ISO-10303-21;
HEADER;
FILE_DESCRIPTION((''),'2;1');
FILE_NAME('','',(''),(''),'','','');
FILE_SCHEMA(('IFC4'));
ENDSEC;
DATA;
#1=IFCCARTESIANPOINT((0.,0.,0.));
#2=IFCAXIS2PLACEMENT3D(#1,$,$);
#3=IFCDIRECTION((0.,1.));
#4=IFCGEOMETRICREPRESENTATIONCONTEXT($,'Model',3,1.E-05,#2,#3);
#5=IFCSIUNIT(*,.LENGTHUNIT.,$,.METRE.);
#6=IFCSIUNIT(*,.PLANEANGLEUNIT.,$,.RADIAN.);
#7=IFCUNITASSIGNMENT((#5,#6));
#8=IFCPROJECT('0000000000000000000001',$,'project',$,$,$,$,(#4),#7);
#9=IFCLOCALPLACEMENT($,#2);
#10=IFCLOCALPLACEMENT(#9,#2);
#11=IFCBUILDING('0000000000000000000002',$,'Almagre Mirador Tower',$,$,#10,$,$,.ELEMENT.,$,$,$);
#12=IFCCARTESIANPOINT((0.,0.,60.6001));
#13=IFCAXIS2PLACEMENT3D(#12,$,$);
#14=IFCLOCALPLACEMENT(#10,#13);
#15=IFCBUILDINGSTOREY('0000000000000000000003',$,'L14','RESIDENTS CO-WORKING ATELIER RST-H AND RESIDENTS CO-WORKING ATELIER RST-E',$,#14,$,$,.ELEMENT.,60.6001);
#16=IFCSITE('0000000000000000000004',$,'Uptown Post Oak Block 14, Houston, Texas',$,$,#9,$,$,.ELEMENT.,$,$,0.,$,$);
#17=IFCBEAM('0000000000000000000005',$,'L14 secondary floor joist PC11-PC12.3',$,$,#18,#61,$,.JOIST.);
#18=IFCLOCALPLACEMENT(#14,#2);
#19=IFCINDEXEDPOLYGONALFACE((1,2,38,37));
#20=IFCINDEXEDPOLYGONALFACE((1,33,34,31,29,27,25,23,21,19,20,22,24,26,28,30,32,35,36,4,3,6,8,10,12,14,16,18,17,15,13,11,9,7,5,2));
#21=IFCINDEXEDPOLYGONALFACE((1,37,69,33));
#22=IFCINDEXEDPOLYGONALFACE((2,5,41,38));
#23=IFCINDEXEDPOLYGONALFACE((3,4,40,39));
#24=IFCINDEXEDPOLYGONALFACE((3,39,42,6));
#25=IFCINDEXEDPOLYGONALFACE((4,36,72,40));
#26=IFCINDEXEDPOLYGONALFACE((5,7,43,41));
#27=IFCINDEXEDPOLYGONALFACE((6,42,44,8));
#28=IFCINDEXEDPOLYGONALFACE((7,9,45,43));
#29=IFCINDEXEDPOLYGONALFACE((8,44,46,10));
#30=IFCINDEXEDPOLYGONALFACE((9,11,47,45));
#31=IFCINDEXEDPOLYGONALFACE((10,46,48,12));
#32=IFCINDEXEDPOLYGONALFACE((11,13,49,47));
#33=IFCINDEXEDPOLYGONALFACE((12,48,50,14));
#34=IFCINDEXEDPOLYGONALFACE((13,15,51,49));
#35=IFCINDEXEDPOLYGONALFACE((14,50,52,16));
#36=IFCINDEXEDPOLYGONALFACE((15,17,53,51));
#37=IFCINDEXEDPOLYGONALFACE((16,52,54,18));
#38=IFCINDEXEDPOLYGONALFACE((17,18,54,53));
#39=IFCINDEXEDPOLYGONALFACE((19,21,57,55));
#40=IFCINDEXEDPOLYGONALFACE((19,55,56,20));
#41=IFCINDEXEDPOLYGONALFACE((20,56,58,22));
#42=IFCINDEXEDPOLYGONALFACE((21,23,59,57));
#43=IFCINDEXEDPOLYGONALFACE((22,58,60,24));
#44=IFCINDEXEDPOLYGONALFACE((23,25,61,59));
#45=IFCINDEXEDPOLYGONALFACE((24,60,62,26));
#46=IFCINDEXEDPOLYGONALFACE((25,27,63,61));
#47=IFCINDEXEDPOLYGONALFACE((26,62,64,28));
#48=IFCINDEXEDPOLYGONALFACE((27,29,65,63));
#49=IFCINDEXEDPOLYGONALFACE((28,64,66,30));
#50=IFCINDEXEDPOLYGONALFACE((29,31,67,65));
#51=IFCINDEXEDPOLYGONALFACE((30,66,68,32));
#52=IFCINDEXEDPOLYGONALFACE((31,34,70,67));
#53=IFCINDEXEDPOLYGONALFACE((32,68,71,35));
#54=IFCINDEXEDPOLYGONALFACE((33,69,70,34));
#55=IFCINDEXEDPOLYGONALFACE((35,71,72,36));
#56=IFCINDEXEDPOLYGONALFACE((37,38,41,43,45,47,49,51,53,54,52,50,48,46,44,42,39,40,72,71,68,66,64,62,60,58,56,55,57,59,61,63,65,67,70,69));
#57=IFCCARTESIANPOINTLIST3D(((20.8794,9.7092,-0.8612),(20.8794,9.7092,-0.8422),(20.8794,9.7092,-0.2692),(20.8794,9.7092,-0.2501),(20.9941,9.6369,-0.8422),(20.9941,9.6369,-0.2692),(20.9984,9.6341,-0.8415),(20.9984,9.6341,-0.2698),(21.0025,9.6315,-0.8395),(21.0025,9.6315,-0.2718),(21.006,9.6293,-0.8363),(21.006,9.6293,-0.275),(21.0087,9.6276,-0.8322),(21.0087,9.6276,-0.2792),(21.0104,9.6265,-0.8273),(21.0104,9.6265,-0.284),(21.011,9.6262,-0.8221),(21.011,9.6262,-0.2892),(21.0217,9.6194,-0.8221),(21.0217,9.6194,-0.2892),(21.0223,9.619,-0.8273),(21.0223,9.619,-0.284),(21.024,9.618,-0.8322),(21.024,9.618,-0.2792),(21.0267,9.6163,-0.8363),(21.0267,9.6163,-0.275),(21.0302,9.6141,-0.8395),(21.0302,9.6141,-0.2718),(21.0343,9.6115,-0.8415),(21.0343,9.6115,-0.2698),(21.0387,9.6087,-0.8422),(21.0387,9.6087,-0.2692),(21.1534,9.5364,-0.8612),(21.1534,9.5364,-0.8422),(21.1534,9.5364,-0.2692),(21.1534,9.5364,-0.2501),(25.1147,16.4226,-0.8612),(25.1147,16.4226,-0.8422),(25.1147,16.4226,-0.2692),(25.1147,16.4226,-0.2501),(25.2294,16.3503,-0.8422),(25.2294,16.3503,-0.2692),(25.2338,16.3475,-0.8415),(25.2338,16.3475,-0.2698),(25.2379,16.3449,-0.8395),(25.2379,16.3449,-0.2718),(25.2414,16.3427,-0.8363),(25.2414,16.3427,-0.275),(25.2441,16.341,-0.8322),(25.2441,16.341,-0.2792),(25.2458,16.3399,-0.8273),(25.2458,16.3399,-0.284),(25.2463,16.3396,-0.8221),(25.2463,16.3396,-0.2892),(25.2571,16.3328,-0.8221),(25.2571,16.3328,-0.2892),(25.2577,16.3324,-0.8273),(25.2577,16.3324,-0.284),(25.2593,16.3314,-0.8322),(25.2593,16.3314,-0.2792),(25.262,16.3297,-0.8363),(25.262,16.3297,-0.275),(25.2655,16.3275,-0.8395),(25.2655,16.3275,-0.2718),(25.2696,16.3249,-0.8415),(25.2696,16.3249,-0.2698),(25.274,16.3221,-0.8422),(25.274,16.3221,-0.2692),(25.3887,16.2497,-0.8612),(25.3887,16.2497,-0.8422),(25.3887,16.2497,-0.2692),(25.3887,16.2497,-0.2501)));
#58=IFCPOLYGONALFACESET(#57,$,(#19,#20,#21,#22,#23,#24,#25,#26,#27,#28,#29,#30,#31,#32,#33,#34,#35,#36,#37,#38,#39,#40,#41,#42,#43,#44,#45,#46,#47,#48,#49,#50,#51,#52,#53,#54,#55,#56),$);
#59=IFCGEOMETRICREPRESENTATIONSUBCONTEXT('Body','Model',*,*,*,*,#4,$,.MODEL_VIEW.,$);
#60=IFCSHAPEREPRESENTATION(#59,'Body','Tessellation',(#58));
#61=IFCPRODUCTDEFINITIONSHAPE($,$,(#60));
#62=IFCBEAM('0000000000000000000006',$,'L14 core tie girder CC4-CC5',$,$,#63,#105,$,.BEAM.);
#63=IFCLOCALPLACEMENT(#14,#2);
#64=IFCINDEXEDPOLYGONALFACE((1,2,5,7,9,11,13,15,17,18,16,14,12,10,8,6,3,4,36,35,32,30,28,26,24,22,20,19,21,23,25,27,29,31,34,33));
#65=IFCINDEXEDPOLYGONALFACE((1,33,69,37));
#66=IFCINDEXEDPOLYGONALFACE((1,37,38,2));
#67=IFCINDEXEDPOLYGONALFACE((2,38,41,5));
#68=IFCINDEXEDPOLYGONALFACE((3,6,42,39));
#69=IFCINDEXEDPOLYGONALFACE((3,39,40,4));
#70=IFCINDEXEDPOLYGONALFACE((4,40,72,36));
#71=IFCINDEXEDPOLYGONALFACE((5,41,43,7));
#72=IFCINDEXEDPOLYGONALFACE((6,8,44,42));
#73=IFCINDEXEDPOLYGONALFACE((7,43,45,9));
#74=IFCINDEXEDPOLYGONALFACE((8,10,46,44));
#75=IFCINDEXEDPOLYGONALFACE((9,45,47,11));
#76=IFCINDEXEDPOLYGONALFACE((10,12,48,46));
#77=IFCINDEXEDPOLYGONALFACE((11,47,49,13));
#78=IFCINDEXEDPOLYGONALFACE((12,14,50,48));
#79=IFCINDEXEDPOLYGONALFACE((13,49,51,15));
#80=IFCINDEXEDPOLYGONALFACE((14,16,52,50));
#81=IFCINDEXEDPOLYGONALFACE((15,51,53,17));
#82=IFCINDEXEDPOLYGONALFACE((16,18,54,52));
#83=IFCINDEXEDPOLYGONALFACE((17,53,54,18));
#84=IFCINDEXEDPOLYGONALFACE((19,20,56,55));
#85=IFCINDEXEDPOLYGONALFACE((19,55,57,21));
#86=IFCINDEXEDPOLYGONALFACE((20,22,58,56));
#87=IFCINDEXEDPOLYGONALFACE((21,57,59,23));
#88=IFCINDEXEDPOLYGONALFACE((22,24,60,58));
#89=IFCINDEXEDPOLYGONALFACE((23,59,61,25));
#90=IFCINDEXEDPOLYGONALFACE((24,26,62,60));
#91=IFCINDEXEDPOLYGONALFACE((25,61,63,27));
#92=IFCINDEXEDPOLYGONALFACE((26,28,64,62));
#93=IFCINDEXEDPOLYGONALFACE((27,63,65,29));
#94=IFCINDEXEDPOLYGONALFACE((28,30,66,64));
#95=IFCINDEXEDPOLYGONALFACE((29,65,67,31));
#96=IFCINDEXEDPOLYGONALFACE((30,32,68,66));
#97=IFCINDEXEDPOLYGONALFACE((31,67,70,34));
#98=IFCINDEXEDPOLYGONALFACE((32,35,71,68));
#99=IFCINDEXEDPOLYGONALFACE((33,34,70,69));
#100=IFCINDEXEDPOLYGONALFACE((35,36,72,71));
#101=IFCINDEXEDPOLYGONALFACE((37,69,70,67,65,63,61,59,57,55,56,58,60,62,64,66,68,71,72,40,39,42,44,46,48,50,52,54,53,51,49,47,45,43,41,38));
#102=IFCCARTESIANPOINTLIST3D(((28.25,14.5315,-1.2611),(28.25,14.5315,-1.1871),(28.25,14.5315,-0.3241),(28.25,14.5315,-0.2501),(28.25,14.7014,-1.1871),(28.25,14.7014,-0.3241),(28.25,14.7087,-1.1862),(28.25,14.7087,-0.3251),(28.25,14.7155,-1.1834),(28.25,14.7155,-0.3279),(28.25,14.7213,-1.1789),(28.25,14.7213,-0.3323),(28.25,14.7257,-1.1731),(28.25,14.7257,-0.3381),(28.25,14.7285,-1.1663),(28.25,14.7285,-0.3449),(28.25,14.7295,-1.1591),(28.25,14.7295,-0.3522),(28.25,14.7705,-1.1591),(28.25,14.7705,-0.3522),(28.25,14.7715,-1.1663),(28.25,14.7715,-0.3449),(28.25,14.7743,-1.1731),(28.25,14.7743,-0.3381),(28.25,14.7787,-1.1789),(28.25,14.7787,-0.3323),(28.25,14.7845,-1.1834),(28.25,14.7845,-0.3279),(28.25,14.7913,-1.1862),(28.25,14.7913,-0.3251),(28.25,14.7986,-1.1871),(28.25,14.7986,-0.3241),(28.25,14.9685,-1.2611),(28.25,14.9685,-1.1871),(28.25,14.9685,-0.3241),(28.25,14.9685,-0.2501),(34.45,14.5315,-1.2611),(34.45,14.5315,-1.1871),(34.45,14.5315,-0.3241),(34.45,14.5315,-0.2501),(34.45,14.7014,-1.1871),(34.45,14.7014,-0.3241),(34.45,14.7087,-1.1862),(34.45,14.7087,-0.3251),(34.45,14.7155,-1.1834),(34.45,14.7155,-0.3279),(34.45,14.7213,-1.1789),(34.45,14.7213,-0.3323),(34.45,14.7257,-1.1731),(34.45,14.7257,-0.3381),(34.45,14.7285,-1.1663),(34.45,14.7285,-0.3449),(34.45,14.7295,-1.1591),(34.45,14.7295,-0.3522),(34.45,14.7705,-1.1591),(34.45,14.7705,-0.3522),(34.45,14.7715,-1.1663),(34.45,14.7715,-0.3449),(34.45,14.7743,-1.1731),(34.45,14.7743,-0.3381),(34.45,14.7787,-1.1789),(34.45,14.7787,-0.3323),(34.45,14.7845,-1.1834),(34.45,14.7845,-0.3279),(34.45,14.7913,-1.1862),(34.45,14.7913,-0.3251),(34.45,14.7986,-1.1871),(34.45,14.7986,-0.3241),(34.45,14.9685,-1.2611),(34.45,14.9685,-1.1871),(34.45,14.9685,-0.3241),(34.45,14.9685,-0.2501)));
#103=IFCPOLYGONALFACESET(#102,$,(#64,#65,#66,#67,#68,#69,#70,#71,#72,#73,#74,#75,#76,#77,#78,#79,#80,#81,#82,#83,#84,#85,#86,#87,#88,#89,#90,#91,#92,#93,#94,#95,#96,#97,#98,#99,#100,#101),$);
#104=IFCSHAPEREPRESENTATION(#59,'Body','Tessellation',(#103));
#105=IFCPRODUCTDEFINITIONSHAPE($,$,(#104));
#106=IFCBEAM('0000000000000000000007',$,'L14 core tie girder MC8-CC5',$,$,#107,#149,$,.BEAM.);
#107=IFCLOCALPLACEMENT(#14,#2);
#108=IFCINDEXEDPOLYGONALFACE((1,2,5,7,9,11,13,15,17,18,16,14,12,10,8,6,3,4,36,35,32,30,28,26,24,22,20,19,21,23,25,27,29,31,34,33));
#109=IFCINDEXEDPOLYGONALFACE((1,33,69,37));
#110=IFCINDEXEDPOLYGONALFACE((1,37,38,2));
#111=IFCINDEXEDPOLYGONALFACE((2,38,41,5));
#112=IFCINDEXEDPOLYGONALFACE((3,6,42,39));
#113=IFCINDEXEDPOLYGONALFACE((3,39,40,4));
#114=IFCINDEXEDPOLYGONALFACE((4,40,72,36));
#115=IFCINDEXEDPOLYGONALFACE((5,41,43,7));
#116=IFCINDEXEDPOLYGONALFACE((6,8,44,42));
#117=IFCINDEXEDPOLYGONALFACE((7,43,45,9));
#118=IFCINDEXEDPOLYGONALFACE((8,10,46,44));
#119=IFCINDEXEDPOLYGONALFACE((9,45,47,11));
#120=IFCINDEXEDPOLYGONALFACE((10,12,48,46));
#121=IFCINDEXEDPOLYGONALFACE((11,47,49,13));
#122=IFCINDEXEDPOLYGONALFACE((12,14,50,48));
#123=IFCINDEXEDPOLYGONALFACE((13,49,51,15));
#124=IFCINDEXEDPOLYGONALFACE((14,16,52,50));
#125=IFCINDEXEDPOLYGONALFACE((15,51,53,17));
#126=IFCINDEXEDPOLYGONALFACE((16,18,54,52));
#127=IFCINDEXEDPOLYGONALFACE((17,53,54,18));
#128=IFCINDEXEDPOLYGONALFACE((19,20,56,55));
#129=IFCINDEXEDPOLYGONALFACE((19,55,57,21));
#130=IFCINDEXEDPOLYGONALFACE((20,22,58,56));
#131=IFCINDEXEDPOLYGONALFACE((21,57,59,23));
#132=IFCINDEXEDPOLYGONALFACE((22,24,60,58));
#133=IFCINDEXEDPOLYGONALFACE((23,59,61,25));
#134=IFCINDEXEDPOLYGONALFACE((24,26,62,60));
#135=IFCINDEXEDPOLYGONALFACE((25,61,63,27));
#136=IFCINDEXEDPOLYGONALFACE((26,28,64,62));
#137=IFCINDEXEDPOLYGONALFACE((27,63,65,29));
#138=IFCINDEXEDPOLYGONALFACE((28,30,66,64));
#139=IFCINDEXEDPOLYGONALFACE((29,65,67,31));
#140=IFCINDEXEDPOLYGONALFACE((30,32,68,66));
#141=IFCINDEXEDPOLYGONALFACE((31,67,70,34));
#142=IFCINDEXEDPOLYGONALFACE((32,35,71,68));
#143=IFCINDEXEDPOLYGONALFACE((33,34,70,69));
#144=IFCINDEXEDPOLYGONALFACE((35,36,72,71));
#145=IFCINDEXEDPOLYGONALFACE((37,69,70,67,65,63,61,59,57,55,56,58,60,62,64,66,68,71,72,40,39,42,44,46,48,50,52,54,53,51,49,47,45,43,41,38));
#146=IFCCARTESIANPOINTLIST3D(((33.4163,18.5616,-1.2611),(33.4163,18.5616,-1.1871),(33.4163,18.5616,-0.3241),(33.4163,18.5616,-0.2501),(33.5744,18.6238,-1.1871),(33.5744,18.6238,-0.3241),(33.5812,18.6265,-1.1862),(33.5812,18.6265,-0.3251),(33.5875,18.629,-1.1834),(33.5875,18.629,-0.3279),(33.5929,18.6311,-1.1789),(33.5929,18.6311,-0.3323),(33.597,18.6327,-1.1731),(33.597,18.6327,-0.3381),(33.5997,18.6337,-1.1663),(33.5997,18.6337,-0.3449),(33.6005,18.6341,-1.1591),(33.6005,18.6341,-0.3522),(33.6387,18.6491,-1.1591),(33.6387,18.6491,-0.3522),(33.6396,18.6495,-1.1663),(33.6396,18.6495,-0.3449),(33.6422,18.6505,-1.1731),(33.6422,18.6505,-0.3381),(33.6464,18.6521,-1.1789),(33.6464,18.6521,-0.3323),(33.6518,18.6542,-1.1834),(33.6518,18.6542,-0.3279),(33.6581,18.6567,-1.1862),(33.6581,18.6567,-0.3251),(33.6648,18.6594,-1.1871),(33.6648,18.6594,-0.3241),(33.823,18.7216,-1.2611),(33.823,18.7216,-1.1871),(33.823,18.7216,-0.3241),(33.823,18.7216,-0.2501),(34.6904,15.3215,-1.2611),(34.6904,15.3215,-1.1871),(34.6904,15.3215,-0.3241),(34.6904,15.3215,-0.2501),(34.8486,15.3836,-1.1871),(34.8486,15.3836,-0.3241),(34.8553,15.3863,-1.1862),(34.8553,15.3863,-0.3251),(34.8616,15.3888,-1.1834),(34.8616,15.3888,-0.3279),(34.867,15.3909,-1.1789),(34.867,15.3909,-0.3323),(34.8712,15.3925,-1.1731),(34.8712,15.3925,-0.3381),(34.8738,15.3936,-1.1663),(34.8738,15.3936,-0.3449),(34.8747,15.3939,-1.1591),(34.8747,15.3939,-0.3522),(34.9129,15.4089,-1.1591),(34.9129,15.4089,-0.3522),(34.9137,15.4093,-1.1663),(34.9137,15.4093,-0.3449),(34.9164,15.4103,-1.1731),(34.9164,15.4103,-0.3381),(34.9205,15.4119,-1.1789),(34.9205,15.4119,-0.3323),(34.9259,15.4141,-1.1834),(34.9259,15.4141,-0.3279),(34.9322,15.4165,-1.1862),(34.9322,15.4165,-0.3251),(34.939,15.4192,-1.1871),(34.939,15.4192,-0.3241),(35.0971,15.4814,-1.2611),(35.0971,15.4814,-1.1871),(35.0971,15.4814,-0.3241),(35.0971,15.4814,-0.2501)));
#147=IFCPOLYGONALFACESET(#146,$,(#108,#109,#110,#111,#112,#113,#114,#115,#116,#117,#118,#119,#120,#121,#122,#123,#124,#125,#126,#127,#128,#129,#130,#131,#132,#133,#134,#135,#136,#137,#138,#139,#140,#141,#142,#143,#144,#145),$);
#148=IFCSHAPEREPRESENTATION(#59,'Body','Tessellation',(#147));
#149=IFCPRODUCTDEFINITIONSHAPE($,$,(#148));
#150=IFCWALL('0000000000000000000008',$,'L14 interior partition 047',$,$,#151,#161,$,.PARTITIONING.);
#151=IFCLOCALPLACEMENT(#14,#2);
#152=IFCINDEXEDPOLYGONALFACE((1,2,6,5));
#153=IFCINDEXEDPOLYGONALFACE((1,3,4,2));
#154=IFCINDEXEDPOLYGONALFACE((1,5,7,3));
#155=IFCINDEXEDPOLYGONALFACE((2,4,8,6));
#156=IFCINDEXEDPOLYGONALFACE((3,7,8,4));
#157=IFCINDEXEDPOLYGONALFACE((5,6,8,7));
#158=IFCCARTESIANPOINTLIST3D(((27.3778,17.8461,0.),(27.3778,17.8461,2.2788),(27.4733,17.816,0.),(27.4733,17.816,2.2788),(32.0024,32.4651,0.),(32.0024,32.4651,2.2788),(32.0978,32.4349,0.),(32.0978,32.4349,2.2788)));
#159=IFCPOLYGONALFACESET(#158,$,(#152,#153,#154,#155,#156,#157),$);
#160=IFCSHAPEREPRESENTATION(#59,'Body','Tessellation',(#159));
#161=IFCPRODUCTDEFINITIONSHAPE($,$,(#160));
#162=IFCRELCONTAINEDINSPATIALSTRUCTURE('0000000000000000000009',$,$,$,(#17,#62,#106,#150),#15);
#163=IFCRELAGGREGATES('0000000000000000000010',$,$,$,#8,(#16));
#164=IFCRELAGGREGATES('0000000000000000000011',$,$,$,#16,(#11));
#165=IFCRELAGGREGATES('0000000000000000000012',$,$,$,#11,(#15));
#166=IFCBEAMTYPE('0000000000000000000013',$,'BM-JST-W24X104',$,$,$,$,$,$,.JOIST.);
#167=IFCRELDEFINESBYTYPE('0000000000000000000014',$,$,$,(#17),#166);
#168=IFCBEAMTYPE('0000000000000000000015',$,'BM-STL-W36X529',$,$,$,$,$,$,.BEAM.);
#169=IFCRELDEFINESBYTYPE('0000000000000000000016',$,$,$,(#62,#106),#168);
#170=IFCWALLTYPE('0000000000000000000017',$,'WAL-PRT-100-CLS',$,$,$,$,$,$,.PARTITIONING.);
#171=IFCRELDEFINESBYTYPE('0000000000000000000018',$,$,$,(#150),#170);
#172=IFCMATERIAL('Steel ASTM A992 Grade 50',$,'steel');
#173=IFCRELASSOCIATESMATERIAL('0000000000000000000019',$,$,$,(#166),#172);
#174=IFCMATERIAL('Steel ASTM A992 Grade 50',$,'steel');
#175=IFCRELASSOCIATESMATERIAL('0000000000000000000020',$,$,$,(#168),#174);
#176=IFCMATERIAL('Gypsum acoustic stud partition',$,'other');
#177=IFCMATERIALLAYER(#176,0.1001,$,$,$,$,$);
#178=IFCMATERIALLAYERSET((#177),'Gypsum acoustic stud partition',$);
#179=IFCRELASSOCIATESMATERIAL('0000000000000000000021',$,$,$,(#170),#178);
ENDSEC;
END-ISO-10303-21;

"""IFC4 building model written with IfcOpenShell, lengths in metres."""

from ifc_helpers import new_model, si_unit, direction, frame, frame_2d, origin, origin_2d, place, context, subcontext, project, spatial, rectangle, i_section, extrude, material, layer, layer_set, material_profile, profile_set, type_object, element, save


model = new_model("IFC4")

# Units and contexts
model_context = context("Model", 3, precision=1e-05, world=origin(), true_north=direction((0.0, 1.0)))
body_context = subcontext(model_context, "Body", "Model", "MODEL_VIEW")
ifc_project = project(units=[si_unit("LENGTHUNIT", "METRE"), si_unit("PLANEANGLEUNIT", "RADIAN")], contexts=[model_context])

# Site, building, storey
site_placement = place(None, origin())
site = spatial("IfcSite", under=ifc_project, at=site_placement, Name="Uptown Post Oak Block 14, Houston, Texas", CompositionType="ELEMENT", RefElevation=0.0)
building_placement = place(site_placement, origin())
building = spatial("IfcBuilding", under=site, at=building_placement, Name="Almagre Mirador Tower", CompositionType="ELEMENT")
storey_placement = place(building_placement, frame((0.0, 0.0, 60.6001)))
storey = spatial("IfcBuildingStorey", under=building, at=storey_placement, Name="L14", Description="RESIDENTS CO-WORKING ATELIER RST-H AND RESIDENTS CO-WORKING ATELIER RST-E", CompositionType="ELEMENT", Elevation=60.6001)

# Beams
ifc_material_1 = material(Name="Steel ASTM A992 Grade 50", Category="steel")
ifc_material_profile_1 = material_profile(ifc_material_1, i_section(OverallWidth=0.324, OverallDepth=0.6111, WebThickness=0.0127, FlangeThickness=0.019, FilletRadius=0.02, at=origin_2d()), Name="W24X104")
ifc_profile_set_1 = profile_set([ifc_material_profile_1], Name="Steel ASTM A992 Grade 50")
beam_type_1 = type_object("IfcBeamType", Name="BM-JST-W24X104", PredefinedType="JOIST", material=ifc_profile_set_1)
beam_1_placement = place(storey_placement, frame((25.2517, 16.3362, -0.5557), z_axis=(-0.533572, -0.845755, 0.0), x_axis=(0.845755, -0.533572, 0.0)))
element("IfcBeam", 1, at=beam_1_placement, inside=storey, type_object=beam_type_1, Name="L14 secondary floor joist PC11-PC12.3", PredefinedType="JOIST", context=body_context, shape_type="SweptSolid", body=[
    extrude(i_section(OverallWidth=0.324, OverallDepth=0.6111, WebThickness=0.0127, FlangeThickness=0.019, FilletRadius=0.02, at=origin_2d()), origin(), (0.0, 0.0, 1.0), 7.9377),
])
ifc_material_2 = material(Name="Steel ASTM A992 Grade 50", Category="steel")
ifc_material_profile_2 = material_profile(ifc_material_2, i_section(OverallWidth=0.437, OverallDepth=1.011, WebThickness=0.041, FlangeThickness=0.074, FilletRadius=0.0281, at=origin_2d()), Name="W36X529")
ifc_profile_set_2 = profile_set([ifc_material_profile_2], Name="Steel ASTM A992 Grade 50")
beam_type_2 = type_object("IfcBeamType", Name="BM-STL-W36X529", PredefinedType="BEAM", material=ifc_profile_set_2)
beam_2_placement = place(storey_placement, frame((28.25, 14.75, -0.7556), z_axis=(1.0, 0.0, 0.0), x_axis=(0.0, 1.0, 0.0)))
element("IfcBeam", 2, at=beam_2_placement, inside=storey, type_object=beam_type_2, Name="L14 core tie girder CC4-CC5", PredefinedType="BEAM", context=body_context, shape_type="SweptSolid", body=[
    extrude(i_section(OverallWidth=0.437, OverallDepth=1.011, WebThickness=0.041, FlangeThickness=0.074, FilletRadius=0.0281, at=origin_2d()), origin(), (0.0, 0.0, 1.0), 6.2),
])
beam_3_placement = place(storey_placement, frame((33.6196, 18.6416, -0.7556), z_axis=(0.365956, -0.930632, 0.0), x_axis=(0.930632, 0.365956, 0.0)))
element("IfcBeam", 3, at=beam_3_placement, inside=storey, type_object=beam_type_2, Name="L14 core tie girder MC8-CC5", PredefinedType="BEAM", context=body_context, shape_type="SweptSolid", body=[
    extrude(i_section(OverallWidth=0.437, OverallDepth=1.011, WebThickness=0.041, FlangeThickness=0.074, FilletRadius=0.0281, at=origin_2d()), origin(), (0.0, 0.0, 1.0), 3.4817),
])

# Wall
ifc_material_3 = material(Name="Gypsum acoustic stud partition", Category="other")
ifc_layer_1 = layer(ifc_material_3, 0.1001)
ifc_layer_set_1 = layer_set([ifc_layer_1], Name="Gypsum acoustic stud partition")
wall_type_1 = type_object("IfcWallType", Name="WAL-PRT-100-CLS", PredefinedType="PARTITIONING", material=ifc_layer_set_1)
wall_1_placement = place(storey_placement, frame((27.4255, 17.8311, 0.0), z_axis=(0.0, 0.0, 1.0), x_axis=(0.301607, 0.953432, 0.0)))
element("IfcWall", 4, at=wall_1_placement, inside=storey, type_object=wall_type_1, Name="L14 interior partition 047", PredefinedType="PARTITIONING", context=body_context, shape_type="SweptSolid", body=[
    extrude(rectangle(XDim=15.333, YDim=0.1001, at=frame_2d((7.6665, 0.0))), origin(), (0.0, 0.0, 1.0), 2.2788),
])

save(model, "model.ifc")
